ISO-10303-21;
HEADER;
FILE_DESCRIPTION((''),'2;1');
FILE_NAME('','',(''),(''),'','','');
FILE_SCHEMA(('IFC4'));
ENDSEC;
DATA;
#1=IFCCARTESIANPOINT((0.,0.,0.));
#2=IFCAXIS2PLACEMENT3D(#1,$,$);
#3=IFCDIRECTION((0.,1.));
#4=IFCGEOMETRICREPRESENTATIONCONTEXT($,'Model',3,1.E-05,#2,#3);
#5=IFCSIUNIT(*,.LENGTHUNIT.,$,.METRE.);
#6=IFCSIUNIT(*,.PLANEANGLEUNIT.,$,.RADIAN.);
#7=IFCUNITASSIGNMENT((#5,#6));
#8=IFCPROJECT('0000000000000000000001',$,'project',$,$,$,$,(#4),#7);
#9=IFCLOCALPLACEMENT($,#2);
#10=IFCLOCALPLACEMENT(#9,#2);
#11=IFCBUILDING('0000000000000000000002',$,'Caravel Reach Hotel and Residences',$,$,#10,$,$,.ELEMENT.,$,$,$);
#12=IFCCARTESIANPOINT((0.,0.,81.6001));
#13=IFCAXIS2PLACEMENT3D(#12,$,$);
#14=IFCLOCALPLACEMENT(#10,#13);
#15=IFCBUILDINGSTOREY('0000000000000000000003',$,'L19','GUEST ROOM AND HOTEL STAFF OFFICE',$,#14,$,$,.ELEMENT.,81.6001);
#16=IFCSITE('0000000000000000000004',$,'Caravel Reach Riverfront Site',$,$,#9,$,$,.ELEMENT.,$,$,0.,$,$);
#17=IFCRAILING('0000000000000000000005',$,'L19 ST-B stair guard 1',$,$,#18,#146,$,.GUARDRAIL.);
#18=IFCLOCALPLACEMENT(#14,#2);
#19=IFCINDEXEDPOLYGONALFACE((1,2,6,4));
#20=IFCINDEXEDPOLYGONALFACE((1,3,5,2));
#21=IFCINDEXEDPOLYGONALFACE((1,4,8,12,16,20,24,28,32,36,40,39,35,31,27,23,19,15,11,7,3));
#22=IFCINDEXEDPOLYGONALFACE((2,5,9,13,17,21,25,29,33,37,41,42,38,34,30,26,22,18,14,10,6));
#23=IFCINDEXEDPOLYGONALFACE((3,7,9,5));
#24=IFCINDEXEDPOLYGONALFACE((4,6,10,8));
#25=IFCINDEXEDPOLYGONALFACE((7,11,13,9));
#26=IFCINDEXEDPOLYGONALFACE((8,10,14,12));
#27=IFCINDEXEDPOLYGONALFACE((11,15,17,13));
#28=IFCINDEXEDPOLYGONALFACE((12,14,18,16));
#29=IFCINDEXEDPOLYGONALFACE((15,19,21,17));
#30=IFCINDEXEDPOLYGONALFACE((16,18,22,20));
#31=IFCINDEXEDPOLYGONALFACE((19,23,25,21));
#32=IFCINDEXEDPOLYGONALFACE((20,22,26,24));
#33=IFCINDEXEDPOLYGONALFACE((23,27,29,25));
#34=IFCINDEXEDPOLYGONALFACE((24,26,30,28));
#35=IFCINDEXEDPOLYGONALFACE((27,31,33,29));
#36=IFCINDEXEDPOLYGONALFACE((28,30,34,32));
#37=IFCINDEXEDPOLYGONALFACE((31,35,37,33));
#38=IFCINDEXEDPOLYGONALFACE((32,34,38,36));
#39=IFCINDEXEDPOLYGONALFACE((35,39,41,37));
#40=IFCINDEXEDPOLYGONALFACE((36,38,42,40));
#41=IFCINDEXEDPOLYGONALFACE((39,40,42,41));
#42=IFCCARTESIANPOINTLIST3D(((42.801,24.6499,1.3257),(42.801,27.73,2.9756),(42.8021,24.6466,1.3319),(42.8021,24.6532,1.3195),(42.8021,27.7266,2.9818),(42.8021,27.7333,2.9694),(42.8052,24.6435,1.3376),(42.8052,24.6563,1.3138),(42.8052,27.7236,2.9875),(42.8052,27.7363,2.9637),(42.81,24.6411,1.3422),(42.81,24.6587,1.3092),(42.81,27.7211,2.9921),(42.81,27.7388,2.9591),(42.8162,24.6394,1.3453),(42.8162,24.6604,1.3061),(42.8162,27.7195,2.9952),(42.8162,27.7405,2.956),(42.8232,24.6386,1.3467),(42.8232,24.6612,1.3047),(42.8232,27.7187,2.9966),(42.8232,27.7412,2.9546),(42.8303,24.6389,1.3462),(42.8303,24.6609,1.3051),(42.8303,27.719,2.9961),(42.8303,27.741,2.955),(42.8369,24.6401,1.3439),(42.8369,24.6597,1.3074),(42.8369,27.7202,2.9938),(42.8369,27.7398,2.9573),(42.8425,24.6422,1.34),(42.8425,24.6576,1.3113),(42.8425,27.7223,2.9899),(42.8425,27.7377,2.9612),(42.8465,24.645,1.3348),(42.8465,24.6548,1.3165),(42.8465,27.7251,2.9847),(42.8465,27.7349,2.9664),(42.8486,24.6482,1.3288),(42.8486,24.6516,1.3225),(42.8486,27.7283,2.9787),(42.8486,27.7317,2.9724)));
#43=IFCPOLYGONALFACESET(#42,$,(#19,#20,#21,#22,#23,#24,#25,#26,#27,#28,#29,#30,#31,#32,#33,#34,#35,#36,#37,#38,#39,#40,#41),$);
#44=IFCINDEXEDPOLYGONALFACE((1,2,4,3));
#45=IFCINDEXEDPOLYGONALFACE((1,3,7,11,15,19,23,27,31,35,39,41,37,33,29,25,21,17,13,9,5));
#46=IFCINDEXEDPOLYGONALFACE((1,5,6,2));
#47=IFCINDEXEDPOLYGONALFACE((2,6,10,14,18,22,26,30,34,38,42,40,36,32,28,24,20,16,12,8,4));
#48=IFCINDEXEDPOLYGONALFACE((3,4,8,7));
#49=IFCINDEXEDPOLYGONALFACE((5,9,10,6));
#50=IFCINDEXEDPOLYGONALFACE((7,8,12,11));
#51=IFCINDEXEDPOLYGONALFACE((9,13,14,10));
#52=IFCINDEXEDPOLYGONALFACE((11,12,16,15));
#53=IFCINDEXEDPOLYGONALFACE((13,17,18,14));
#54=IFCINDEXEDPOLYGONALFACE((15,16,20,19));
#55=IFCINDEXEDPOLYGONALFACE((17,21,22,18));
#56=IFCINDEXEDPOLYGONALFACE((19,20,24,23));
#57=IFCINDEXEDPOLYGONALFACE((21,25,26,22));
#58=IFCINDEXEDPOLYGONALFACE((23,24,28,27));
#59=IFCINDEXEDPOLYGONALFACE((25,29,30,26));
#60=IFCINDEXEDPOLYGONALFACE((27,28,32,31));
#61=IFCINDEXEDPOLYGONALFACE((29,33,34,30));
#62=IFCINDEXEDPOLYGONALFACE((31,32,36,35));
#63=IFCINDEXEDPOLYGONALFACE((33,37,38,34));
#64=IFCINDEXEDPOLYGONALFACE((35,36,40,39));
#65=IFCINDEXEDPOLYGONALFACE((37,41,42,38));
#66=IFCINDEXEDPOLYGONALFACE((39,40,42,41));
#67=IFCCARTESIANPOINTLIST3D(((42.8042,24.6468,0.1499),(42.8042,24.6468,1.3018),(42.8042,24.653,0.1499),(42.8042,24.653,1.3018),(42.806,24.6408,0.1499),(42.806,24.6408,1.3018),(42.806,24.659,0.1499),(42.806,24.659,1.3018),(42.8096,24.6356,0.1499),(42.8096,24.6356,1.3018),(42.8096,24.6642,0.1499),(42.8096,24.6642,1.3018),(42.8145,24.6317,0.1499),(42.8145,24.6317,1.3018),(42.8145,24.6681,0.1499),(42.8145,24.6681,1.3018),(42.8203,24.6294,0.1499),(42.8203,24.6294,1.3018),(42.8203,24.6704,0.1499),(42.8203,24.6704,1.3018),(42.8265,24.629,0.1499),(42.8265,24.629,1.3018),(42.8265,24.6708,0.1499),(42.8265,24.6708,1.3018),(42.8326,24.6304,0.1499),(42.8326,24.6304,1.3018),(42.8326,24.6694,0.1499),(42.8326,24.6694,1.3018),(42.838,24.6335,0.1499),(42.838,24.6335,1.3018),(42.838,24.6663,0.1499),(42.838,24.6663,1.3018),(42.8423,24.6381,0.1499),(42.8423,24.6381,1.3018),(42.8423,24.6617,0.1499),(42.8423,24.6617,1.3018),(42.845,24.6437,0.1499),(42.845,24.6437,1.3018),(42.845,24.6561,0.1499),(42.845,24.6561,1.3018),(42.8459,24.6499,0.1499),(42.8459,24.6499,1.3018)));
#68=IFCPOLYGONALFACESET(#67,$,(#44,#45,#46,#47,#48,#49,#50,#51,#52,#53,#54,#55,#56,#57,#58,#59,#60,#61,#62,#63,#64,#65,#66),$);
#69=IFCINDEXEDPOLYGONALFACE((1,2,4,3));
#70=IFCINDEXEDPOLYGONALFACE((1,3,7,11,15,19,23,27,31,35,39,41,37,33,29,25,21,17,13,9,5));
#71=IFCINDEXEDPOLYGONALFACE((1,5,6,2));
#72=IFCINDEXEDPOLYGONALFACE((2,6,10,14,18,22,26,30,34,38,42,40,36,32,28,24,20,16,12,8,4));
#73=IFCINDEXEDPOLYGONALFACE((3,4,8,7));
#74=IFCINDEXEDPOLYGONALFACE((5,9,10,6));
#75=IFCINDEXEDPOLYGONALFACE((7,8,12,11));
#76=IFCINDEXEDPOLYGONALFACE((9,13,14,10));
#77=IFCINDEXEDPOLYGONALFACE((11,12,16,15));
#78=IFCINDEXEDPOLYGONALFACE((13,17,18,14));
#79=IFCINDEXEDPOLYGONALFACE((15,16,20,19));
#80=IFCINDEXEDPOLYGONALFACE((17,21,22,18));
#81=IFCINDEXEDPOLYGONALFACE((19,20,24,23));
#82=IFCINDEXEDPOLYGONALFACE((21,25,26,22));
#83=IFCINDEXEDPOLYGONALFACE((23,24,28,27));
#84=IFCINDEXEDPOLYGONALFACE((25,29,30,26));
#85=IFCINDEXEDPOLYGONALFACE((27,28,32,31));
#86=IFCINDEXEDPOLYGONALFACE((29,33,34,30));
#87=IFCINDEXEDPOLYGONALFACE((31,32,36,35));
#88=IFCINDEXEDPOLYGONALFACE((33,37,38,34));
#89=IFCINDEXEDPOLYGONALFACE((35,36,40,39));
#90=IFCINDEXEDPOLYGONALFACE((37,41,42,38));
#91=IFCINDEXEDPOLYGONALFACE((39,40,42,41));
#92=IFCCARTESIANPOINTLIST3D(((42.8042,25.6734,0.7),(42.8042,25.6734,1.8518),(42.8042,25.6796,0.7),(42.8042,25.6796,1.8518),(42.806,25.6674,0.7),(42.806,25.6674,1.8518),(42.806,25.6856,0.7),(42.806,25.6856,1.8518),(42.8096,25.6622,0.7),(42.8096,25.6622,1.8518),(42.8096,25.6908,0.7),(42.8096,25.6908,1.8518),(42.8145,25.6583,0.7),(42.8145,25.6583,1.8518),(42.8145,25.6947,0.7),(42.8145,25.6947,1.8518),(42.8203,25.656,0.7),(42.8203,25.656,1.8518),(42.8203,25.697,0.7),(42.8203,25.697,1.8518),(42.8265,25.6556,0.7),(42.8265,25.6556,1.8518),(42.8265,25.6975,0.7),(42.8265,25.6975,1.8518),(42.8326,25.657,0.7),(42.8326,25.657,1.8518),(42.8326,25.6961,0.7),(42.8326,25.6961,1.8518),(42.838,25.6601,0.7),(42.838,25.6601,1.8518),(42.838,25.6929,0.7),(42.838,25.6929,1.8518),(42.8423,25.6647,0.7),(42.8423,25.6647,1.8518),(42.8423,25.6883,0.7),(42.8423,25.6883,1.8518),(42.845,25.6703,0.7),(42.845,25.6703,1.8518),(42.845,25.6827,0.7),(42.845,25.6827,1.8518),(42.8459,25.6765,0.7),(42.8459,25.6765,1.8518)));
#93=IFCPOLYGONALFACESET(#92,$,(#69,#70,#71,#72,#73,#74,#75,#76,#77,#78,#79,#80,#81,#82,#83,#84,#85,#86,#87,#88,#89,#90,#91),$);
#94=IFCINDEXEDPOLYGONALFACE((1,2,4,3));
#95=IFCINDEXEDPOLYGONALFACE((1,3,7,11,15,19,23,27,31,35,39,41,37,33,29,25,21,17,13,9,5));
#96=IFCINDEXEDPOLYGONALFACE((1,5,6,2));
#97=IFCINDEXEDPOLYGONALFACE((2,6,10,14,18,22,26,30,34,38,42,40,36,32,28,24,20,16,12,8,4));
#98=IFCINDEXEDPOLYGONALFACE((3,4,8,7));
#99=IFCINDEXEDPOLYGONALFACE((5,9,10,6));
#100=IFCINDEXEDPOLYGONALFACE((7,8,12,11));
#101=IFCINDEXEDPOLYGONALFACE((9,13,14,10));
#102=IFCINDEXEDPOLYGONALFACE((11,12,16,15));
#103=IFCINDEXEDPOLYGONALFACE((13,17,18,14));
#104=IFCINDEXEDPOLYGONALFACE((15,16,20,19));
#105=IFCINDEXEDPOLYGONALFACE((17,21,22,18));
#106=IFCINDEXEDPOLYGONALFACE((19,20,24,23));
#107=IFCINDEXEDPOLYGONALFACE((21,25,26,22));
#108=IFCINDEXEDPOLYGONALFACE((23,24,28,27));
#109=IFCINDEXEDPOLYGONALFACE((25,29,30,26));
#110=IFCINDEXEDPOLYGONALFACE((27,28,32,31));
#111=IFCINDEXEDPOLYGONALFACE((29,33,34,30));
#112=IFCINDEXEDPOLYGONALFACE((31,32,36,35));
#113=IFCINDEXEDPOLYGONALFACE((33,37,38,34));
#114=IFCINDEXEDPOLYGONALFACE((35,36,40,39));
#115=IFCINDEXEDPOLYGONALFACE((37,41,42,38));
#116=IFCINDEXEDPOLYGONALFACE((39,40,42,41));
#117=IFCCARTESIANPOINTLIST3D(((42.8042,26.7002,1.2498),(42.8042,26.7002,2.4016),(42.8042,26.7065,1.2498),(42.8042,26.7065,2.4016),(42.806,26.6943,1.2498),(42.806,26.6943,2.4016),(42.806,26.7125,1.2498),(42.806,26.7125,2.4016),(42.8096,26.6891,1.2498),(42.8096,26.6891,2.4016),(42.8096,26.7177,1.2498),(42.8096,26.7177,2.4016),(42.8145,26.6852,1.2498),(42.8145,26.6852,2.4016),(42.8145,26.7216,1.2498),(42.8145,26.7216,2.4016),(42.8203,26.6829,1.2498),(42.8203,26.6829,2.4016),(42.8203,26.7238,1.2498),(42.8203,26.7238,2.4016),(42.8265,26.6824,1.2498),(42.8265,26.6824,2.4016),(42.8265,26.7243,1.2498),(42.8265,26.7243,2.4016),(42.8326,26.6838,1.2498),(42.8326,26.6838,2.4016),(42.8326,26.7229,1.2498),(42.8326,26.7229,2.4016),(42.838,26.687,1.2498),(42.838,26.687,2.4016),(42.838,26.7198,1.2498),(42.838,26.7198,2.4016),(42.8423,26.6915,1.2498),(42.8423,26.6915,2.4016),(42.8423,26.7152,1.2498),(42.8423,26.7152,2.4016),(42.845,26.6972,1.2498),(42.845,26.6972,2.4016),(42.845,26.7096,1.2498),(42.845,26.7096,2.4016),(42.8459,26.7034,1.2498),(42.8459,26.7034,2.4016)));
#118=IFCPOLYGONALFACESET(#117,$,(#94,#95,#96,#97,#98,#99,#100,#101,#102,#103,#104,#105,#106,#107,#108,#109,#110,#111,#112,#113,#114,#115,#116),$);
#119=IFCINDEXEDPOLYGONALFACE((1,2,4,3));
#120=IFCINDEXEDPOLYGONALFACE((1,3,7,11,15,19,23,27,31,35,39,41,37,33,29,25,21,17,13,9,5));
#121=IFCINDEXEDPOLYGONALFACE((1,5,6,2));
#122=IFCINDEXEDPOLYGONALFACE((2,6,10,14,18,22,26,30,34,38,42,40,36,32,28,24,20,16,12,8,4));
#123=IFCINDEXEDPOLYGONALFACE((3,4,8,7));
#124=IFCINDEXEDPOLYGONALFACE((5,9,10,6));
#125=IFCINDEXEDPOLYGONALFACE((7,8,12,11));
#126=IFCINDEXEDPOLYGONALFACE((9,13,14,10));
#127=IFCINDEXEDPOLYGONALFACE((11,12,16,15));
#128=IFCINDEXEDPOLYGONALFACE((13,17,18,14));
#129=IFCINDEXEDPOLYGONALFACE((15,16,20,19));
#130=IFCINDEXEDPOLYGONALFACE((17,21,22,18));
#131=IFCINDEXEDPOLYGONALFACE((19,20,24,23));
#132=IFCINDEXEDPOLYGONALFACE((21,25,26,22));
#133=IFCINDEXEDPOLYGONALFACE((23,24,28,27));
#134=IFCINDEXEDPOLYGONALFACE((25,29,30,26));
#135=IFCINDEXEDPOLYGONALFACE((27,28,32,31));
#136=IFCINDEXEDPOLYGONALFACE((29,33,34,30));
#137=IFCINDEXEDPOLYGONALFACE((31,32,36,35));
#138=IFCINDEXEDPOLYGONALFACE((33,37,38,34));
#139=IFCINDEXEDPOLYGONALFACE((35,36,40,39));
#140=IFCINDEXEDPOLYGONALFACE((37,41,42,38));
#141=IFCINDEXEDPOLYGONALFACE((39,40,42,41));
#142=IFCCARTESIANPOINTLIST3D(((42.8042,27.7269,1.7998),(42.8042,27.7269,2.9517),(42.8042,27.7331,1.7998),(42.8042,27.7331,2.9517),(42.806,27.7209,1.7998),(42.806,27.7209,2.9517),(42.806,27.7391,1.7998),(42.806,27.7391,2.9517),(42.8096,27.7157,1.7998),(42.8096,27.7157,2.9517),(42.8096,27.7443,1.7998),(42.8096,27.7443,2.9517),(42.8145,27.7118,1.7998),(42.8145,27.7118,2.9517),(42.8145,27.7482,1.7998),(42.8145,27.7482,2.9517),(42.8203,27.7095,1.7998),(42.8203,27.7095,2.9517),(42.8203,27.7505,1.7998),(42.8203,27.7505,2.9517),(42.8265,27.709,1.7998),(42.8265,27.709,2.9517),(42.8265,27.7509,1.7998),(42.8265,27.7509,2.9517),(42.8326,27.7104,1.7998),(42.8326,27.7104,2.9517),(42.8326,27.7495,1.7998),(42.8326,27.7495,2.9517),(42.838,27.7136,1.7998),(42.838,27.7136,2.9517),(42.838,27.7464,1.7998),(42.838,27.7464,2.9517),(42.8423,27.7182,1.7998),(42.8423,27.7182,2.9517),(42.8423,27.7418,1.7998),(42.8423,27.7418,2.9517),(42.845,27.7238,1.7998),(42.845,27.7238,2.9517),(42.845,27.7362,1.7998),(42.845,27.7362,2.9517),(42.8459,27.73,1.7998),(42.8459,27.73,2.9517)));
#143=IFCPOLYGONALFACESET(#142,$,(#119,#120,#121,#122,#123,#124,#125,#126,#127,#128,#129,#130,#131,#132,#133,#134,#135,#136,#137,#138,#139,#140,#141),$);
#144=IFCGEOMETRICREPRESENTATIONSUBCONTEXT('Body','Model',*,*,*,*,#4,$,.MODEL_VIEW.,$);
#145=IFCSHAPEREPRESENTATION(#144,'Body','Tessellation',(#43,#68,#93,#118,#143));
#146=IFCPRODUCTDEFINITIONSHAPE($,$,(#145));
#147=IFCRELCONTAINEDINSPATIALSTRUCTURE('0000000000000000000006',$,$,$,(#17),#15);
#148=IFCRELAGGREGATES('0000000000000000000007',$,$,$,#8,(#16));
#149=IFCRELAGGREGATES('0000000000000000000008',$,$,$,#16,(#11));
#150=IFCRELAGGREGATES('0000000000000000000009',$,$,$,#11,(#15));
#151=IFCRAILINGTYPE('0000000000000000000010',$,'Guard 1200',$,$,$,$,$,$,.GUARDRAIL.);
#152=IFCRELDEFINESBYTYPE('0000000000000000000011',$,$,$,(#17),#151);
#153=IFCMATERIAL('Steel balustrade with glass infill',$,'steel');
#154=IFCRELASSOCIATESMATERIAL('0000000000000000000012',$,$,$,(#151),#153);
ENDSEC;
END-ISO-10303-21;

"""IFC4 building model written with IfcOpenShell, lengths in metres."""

from ifc_helpers import new_model, si_unit, direction, frame, origin, origin_2d, place, context, subcontext, project, spatial, circle, extrude, material, type_object, element, save


model = new_model("IFC4")

# Units and contexts
model_context = context("Model", 3, precision=1e-05, world=origin(), true_north=direction((0.0, 1.0)))
body_context = subcontext(model_context, "Body", "Model", "MODEL_VIEW")
ifc_project = project(units=[si_unit("LENGTHUNIT", "METRE"), si_unit("PLANEANGLEUNIT", "RADIAN")], contexts=[model_context])

# Site, building, storey
site_placement = place(None, origin())
site = spatial("IfcSite", under=ifc_project, at=site_placement, Name="Caravel Reach Riverfront Site", CompositionType="ELEMENT", RefElevation=0.0)
building_placement = place(site_placement, origin())
building = spatial("IfcBuilding", under=site, at=building_placement, Name="Caravel Reach Hotel and Residences", CompositionType="ELEMENT")
storey_placement = place(building_placement, frame((0.0, 0.0, 81.6001)))
storey = spatial("IfcBuildingStorey", under=building, at=storey_placement, Name="L19", Description="GUEST ROOM AND HOTEL STAFF OFFICE", CompositionType="ELEMENT", Elevation=81.6001)

# Railing
ifc_material_1 = material(Name="Steel balustrade with glass infill", Category="steel")
railing_type_1 = type_object("IfcRailingType", Name="Guard 1200", PredefinedType="GUARDRAIL", material=ifc_material_1)
railing_1_placement = place(storey_placement, frame((42.825, 24.6499, 0.1499)))
element("IfcRailing", 1, at=railing_1_placement, inside=storey, type_object=railing_type_1, Name="L19 ST-B stair guard 1", PredefinedType="GUARDRAIL", context=body_context, shape_type="SweptSolid", body=[
    extrude(circle(Radius=0.0239, at=origin_2d()), frame((0.0, 0.0, 1.1758), z_axis=(0.0, 0.881497, 0.47219), x_axis=(-1.0, 0.0, 0.0)), (0.0, 0.0, 1.0), 3.4941),
    extrude(circle(Radius=0.021, at=origin_2d()), origin(), (0.0, 0.0, 1.0), 1.1519),
    extrude(circle(Radius=0.021, at=origin_2d()), frame((0.0, 1.0266, 0.55)), (0.0, 0.0, 1.0), 1.1519),
    extrude(circle(Radius=0.021, at=origin_2d()), frame((0.0, 2.0535, 1.0999)), (0.0, 0.0, 1.0), 1.1519),
    extrude(circle(Radius=0.021, at=origin_2d()), frame((0.0, 3.0801, 1.6499)), (0.0, 0.0, 1.0), 1.1519),
])

save(model, "model.ifc")
